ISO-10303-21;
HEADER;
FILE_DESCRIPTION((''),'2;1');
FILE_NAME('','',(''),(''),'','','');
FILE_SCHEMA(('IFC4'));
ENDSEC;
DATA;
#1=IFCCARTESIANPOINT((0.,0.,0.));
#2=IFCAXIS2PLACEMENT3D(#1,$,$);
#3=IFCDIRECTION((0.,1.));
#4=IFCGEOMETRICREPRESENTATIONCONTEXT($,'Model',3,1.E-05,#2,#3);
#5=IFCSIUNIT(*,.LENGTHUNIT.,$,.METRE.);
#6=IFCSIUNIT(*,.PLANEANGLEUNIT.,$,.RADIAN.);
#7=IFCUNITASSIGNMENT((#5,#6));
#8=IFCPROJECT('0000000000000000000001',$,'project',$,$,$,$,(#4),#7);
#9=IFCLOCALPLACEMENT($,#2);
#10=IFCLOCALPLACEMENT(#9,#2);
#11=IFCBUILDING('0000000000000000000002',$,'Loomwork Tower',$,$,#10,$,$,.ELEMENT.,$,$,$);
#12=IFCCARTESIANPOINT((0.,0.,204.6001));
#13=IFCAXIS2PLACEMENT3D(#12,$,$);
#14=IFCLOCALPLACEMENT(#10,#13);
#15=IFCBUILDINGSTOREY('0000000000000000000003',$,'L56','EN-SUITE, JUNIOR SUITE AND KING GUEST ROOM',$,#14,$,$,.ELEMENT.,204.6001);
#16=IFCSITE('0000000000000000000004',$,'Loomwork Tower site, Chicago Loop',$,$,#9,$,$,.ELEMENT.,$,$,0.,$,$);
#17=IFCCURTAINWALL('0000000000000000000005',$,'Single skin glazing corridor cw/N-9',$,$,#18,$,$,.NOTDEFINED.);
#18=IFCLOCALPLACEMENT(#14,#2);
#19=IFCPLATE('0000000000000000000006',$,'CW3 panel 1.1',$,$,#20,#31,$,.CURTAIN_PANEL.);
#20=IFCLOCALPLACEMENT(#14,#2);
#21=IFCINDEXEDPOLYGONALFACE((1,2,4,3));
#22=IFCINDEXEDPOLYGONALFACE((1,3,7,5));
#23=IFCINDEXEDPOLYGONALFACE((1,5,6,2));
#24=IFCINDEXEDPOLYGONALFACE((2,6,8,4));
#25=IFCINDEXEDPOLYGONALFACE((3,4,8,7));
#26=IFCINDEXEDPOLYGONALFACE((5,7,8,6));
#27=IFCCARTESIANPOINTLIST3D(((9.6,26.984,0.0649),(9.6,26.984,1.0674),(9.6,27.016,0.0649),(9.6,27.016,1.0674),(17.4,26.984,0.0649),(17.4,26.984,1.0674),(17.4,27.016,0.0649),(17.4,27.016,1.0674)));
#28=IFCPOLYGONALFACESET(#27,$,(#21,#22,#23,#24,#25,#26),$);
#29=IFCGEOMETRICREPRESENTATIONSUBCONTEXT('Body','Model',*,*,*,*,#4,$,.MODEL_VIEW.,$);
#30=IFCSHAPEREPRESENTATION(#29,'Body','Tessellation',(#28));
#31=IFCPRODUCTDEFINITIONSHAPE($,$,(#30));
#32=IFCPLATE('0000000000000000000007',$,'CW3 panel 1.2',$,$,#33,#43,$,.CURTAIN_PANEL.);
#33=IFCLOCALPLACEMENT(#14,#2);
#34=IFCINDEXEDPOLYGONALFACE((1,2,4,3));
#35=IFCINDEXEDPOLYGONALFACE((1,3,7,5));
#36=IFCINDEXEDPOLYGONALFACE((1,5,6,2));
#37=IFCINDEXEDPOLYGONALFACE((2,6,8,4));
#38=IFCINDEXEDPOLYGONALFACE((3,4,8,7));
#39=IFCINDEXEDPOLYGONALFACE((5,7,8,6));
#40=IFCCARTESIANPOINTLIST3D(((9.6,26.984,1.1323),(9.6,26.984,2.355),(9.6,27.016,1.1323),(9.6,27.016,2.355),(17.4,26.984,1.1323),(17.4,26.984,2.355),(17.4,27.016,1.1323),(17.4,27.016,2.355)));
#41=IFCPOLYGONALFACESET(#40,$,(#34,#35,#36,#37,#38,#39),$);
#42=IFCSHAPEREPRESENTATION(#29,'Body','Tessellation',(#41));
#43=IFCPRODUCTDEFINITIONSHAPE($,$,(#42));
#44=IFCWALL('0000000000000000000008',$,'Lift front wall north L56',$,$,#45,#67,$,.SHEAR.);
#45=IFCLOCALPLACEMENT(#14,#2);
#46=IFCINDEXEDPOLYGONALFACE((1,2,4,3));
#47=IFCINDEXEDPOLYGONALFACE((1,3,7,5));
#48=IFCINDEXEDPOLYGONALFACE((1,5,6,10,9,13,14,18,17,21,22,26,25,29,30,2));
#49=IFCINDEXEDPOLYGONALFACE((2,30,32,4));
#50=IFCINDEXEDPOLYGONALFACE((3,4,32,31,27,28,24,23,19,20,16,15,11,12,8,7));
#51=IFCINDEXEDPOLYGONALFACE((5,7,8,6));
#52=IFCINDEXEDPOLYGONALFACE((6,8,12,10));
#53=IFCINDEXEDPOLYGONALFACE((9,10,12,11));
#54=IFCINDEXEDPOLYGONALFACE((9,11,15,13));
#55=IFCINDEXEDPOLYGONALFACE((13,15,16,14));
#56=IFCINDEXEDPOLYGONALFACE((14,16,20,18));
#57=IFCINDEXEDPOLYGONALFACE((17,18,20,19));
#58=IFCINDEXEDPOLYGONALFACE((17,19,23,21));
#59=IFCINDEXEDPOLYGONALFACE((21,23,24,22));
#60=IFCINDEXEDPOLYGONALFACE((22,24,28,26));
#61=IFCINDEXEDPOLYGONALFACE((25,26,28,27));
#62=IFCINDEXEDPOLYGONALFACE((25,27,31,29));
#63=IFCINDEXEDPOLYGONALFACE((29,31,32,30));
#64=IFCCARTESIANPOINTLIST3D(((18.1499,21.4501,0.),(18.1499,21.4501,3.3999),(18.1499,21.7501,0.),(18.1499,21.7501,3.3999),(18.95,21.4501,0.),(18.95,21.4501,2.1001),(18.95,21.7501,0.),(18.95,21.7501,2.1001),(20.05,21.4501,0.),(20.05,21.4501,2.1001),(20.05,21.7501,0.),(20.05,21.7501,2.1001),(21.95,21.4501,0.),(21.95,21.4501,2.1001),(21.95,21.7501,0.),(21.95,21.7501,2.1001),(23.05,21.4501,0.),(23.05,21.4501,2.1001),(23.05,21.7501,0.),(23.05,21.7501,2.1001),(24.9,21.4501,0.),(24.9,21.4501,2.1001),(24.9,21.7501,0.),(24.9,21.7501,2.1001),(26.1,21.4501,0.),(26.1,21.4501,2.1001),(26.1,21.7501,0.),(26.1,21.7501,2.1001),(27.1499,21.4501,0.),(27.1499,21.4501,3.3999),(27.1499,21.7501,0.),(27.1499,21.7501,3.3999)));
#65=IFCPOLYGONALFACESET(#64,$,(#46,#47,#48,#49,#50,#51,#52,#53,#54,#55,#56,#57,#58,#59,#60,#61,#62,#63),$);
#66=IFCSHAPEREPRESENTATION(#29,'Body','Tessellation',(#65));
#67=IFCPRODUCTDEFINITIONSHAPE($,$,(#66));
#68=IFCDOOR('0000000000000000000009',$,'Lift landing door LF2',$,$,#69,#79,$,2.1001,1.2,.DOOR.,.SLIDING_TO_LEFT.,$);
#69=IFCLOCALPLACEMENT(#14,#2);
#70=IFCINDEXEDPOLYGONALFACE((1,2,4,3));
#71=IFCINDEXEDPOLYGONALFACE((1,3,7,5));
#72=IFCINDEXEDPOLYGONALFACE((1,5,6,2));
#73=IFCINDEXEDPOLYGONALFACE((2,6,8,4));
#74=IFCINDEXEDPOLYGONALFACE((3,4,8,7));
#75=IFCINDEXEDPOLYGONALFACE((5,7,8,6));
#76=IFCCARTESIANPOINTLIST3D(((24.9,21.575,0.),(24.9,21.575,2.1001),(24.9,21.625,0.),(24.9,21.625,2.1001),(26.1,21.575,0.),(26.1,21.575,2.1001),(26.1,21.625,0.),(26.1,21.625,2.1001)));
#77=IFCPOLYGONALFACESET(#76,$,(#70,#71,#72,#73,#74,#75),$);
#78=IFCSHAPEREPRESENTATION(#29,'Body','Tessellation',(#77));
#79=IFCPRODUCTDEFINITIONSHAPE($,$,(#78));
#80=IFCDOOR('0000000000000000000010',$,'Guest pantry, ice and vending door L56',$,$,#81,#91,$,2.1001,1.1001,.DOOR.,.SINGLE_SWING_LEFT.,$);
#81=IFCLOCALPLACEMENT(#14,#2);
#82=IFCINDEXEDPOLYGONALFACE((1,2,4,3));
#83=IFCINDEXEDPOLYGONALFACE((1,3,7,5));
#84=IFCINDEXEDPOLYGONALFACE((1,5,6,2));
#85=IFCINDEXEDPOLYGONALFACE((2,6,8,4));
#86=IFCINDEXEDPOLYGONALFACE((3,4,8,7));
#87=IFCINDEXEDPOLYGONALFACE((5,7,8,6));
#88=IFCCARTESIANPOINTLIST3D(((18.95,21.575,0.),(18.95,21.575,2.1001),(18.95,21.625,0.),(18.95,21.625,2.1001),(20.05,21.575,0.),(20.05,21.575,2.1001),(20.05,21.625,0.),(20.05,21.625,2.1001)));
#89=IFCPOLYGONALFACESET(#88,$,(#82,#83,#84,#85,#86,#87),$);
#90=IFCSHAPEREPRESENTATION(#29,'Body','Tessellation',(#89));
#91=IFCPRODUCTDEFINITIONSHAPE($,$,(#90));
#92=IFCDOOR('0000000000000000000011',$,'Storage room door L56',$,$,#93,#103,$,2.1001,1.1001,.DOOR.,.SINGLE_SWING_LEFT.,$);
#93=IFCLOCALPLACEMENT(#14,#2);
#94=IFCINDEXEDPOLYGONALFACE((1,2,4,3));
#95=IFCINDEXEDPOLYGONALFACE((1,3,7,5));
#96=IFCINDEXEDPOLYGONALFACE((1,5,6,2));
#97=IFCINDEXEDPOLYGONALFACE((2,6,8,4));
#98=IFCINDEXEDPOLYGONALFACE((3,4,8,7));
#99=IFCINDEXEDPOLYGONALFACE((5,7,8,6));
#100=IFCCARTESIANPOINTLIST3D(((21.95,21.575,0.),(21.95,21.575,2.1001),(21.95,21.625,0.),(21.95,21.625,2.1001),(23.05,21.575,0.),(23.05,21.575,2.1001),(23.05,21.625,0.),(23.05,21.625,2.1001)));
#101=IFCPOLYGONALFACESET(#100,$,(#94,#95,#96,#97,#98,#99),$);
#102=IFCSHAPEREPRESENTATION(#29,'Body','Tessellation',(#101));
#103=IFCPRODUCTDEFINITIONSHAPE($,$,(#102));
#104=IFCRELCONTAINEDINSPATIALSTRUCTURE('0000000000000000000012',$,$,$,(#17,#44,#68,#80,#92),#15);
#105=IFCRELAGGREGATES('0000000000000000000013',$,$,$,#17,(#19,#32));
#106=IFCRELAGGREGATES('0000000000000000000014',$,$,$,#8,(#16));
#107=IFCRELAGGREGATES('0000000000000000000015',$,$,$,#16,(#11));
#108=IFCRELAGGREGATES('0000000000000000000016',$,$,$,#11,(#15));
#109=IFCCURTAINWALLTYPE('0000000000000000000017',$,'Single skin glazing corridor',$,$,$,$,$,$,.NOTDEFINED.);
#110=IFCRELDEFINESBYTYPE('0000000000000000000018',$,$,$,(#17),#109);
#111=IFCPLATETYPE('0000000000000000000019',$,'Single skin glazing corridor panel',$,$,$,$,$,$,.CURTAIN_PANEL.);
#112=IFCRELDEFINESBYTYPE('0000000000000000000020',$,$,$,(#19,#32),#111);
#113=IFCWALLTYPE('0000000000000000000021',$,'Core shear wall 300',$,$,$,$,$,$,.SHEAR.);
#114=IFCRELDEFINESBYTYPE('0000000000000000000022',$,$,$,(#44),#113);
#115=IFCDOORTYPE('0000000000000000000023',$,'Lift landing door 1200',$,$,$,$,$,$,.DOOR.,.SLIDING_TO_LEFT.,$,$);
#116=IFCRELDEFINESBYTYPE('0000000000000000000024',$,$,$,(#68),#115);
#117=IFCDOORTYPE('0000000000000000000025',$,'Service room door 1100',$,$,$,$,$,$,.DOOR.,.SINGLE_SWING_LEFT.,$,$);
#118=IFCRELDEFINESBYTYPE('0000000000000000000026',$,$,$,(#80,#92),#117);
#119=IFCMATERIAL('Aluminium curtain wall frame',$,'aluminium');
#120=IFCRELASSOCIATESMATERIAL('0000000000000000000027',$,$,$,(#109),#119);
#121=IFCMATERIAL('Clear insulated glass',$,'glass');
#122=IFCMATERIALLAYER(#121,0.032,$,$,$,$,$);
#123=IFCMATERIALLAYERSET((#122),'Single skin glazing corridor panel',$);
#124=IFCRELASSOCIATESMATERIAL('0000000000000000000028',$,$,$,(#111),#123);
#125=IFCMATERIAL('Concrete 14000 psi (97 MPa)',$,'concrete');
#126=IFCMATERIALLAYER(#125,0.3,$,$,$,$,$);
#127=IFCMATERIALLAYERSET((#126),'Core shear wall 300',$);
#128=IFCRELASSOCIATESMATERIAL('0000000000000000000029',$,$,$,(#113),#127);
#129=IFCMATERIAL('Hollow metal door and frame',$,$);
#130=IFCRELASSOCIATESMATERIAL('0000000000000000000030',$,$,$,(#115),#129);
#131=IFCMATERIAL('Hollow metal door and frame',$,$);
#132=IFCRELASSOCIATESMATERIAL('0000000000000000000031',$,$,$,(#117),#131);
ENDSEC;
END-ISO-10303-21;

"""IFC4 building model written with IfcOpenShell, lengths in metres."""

from ifc_helpers import new_model, si_unit, direction, frame, frame_2d, origin, origin_2d, place, context, subcontext, project, spatial, rectangle, extrude, material, layer, layer_set, type_object, element, fill, aggregate, save


model = new_model("IFC4")

# Units and contexts
model_context = context("Model", 3, precision=1e-05, world=origin(), true_north=direction((0.0, 1.0)))
body_context = subcontext(model_context, "Body", "Model", "MODEL_VIEW")
ifc_project = project(units=[si_unit("LENGTHUNIT", "METRE"), si_unit("PLANEANGLEUNIT", "RADIAN")], contexts=[model_context])

# Site, building, storey
site_placement = place(None, origin())
site = spatial("IfcSite", under=ifc_project, at=site_placement, Name="Loomwork Tower site, Chicago Loop", CompositionType="ELEMENT", RefElevation=0.0)
building_placement = place(site_placement, origin())
building = spatial("IfcBuilding", under=site, at=building_placement, Name="Loomwork Tower", CompositionType="ELEMENT")
storey_placement = place(building_placement, frame((0.0, 0.0, 204.6001)))
storey = spatial("IfcBuildingStorey", under=building, at=storey_placement, Name="L56", Description="EN-SUITE, JUNIOR SUITE AND KING GUEST ROOM", CompositionType="ELEMENT", Elevation=204.6001)

# Shared definitions
ifc_material_1 = material(Name="Aluminium curtain wall frame", Category="aluminium")
curtain_wall_type = type_object("IfcCurtainWallType", Name="Single skin glazing corridor", PredefinedType="NOTDEFINED", material=ifc_material_1)

# Curtain wall, plates
curtain_wall_1_placement = place(storey_placement, origin())
curtain_wall_1 = element("IfcCurtainWall", 1, at=curtain_wall_1_placement, inside=storey, type_object=curtain_wall_type, Name="Single skin glazing corridor cw/N-9", PredefinedType="NOTDEFINED")
ifc_material_2 = material(Name="Clear insulated glass", Category="glass")
ifc_layer_1 = layer(ifc_material_2, 0.032)
ifc_layer_set_1 = layer_set([ifc_layer_1], Name="Single skin glazing corridor panel")
plate_type = type_object("IfcPlateType", Name="Single skin glazing corridor panel", PredefinedType="CURTAIN_PANEL", material=ifc_layer_set_1)
plate_1_placement = place(storey_placement, frame((13.5, 27.0, 0.0649), z_axis=(0.0, 0.0, 1.0), x_axis=(-1.0, 0.0, 0.0)))
plate_1 = element("IfcPlate", 2, at=plate_1_placement, type_object=plate_type, Name="CW3 panel 1.1", PredefinedType="CURTAIN_PANEL", context=body_context, shape_type="SweptSolid", body=[
    extrude(rectangle(XDim=7.8, YDim=0.032, at=origin_2d()), origin(), (0.0, 0.0, 1.0), 1.0024),
])
plate_2_placement = place(storey_placement, frame((13.5, 27.0, 1.1323), z_axis=(0.0, 0.0, 1.0), x_axis=(-1.0, 0.0, 0.0)))
plate_2 = element("IfcPlate", 3, at=plate_2_placement, type_object=plate_type, Name="CW3 panel 1.2", PredefinedType="CURTAIN_PANEL", context=body_context, shape_type="SweptSolid", body=[
    extrude(rectangle(XDim=7.8, YDim=0.032, at=origin_2d()), origin(), (0.0, 0.0, 1.0), 1.2227),
])
aggregate(curtain_wall_1, [plate_1, plate_2])

# Wall, openings, doors
ifc_material_3 = material(Name="Concrete 14000 psi (97 MPa)", Category="concrete")
ifc_layer_2 = layer(ifc_material_3, 0.3)
ifc_layer_set_2 = layer_set([ifc_layer_2], Name="Core shear wall 300")
wall_type_1 = type_object("IfcWallType", Name="Core shear wall 300", PredefinedType="SHEAR", material=ifc_layer_set_2)
wall_1_placement = place(storey_placement, frame((18.1499, 21.6001, 0.0), z_axis=(0.0, 0.0, 1.0), x_axis=(1.0, 0.0, 0.0)))
wall_1 = element("IfcWall", 4, at=wall_1_placement, inside=storey, type_object=wall_type_1, Name="Lift front wall north L56", PredefinedType="SHEAR", context=body_context, shape_type="SweptSolid", body=[
    extrude(rectangle(XDim=9.0, YDim=0.3, at=frame_2d((4.5, 0.0))), origin(), (0.0, 0.0, 1.0), 3.3999),
])
opening_1_placement = place(wall_1_placement, frame((6.75, 0.0, 0.0)))
opening_1 = element("IfcOpeningElement", 5, at=opening_1_placement, cuts=wall_1, PredefinedType="OPENING", context=body_context, shape_type="SweptSolid", body=[
    extrude(rectangle(XDim=1.2, YDim=2.1001, at=frame_2d((0.6001, 1.05))), frame((0.0, 0.1599, 0.0), z_axis=(0.0, -1.0, 0.0), x_axis=(1.0, 0.0, 0.0)), (0.0, 0.0, 1.0), 0.3201),
])
opening_2_placement = place(wall_1_placement, frame((0.8, 0.0, 0.0)))
opening_2 = element("IfcOpeningElement", 6, at=opening_2_placement, cuts=wall_1, PredefinedType="OPENING", context=body_context, shape_type="SweptSolid", body=[
    extrude(rectangle(XDim=1.1001, YDim=2.1001, at=frame_2d((0.55, 1.05))), frame((0.0, 0.1599, 0.0), z_axis=(0.0, -1.0, 0.0), x_axis=(1.0, 0.0, 0.0)), (0.0, 0.0, 1.0), 0.3201),
])
opening_3_placement = place(wall_1_placement, frame((3.8, 0.0, 0.0)))
opening_3 = element("IfcOpeningElement", 7, at=opening_3_placement, cuts=wall_1, PredefinedType="OPENING", context=body_context, shape_type="SweptSolid", body=[
    extrude(rectangle(XDim=1.1001, YDim=2.1001, at=frame_2d((0.55, 1.05))), frame((0.0, 0.1599, 0.0), z_axis=(0.0, -1.0, 0.0), x_axis=(1.0, 0.0, 0.0)), (0.0, 0.0, 1.0), 0.3201),
])
ifc_material_4 = material(Name="Hollow metal door and frame")
door_type_1 = type_object("IfcDoorType", Name="Lift landing door 1200", OperationType="SLIDING_TO_LEFT", PredefinedType="DOOR", material=ifc_material_4)
door_1_placement = place(opening_1_placement, origin())
door_1 = element("IfcDoor", 8, at=door_1_placement, inside=storey, type_object=door_type_1, Name="Lift landing door LF2", OperationType="SLIDING_TO_LEFT", OverallHeight=2.1001, OverallWidth=1.2, PredefinedType="DOOR", context=body_context, shape_type="SweptSolid", body=[
    extrude(rectangle(XDim=1.2, YDim=2.1001, at=frame_2d((0.6001, 1.05))), frame((0.0, 0.0249, 0.0), z_axis=(0.0, -1.0, 0.0), x_axis=(1.0, 0.0, 0.0)), (0.0, 0.0, 1.0), 0.05),
])
fill(opening_1, door_1)
ifc_material_5 = material(Name="Hollow metal door and frame")
door_type_2 = type_object("IfcDoorType", Name="Service room door 1100", OperationType="SINGLE_SWING_LEFT", PredefinedType="DOOR", material=ifc_material_5)
door_2_placement = place(opening_2_placement, origin())
door_2 = element("IfcDoor", 9, at=door_2_placement, inside=storey, type_object=door_type_2, Name="Guest pantry, ice and vending door L56", OperationType="SINGLE_SWING_LEFT", OverallHeight=2.1001, OverallWidth=1.1001, PredefinedType="DOOR", context=body_context, shape_type="SweptSolid", body=[
    extrude(rectangle(XDim=1.1001, YDim=2.1001, at=frame_2d((0.55, 1.05))), frame((0.0, 0.0249, 0.0), z_axis=(0.0, -1.0, 0.0), x_axis=(1.0, 0.0, 0.0)), (0.0, 0.0, 1.0), 0.05),
])
fill(opening_2, door_2)
door_3_placement = place(opening_3_placement, origin())
door_3 = element("IfcDoor", 10, at=door_3_placement, inside=storey, type_object=door_type_2, Name="Storage room door L56", OperationType="SINGLE_SWING_LEFT", OverallHeight=2.1001, OverallWidth=1.1001, PredefinedType="DOOR", context=body_context, shape_type="SweptSolid", body=[
    extrude(rectangle(XDim=1.1001, YDim=2.1001, at=frame_2d((0.55, 1.05))), frame((0.0, 0.0249, 0.0), z_axis=(0.0, -1.0, 0.0), x_axis=(1.0, 0.0, 0.0)), (0.0, 0.0, 1.0), 0.05),
])
fill(opening_3, door_3)

save(model, "model.ifc")
